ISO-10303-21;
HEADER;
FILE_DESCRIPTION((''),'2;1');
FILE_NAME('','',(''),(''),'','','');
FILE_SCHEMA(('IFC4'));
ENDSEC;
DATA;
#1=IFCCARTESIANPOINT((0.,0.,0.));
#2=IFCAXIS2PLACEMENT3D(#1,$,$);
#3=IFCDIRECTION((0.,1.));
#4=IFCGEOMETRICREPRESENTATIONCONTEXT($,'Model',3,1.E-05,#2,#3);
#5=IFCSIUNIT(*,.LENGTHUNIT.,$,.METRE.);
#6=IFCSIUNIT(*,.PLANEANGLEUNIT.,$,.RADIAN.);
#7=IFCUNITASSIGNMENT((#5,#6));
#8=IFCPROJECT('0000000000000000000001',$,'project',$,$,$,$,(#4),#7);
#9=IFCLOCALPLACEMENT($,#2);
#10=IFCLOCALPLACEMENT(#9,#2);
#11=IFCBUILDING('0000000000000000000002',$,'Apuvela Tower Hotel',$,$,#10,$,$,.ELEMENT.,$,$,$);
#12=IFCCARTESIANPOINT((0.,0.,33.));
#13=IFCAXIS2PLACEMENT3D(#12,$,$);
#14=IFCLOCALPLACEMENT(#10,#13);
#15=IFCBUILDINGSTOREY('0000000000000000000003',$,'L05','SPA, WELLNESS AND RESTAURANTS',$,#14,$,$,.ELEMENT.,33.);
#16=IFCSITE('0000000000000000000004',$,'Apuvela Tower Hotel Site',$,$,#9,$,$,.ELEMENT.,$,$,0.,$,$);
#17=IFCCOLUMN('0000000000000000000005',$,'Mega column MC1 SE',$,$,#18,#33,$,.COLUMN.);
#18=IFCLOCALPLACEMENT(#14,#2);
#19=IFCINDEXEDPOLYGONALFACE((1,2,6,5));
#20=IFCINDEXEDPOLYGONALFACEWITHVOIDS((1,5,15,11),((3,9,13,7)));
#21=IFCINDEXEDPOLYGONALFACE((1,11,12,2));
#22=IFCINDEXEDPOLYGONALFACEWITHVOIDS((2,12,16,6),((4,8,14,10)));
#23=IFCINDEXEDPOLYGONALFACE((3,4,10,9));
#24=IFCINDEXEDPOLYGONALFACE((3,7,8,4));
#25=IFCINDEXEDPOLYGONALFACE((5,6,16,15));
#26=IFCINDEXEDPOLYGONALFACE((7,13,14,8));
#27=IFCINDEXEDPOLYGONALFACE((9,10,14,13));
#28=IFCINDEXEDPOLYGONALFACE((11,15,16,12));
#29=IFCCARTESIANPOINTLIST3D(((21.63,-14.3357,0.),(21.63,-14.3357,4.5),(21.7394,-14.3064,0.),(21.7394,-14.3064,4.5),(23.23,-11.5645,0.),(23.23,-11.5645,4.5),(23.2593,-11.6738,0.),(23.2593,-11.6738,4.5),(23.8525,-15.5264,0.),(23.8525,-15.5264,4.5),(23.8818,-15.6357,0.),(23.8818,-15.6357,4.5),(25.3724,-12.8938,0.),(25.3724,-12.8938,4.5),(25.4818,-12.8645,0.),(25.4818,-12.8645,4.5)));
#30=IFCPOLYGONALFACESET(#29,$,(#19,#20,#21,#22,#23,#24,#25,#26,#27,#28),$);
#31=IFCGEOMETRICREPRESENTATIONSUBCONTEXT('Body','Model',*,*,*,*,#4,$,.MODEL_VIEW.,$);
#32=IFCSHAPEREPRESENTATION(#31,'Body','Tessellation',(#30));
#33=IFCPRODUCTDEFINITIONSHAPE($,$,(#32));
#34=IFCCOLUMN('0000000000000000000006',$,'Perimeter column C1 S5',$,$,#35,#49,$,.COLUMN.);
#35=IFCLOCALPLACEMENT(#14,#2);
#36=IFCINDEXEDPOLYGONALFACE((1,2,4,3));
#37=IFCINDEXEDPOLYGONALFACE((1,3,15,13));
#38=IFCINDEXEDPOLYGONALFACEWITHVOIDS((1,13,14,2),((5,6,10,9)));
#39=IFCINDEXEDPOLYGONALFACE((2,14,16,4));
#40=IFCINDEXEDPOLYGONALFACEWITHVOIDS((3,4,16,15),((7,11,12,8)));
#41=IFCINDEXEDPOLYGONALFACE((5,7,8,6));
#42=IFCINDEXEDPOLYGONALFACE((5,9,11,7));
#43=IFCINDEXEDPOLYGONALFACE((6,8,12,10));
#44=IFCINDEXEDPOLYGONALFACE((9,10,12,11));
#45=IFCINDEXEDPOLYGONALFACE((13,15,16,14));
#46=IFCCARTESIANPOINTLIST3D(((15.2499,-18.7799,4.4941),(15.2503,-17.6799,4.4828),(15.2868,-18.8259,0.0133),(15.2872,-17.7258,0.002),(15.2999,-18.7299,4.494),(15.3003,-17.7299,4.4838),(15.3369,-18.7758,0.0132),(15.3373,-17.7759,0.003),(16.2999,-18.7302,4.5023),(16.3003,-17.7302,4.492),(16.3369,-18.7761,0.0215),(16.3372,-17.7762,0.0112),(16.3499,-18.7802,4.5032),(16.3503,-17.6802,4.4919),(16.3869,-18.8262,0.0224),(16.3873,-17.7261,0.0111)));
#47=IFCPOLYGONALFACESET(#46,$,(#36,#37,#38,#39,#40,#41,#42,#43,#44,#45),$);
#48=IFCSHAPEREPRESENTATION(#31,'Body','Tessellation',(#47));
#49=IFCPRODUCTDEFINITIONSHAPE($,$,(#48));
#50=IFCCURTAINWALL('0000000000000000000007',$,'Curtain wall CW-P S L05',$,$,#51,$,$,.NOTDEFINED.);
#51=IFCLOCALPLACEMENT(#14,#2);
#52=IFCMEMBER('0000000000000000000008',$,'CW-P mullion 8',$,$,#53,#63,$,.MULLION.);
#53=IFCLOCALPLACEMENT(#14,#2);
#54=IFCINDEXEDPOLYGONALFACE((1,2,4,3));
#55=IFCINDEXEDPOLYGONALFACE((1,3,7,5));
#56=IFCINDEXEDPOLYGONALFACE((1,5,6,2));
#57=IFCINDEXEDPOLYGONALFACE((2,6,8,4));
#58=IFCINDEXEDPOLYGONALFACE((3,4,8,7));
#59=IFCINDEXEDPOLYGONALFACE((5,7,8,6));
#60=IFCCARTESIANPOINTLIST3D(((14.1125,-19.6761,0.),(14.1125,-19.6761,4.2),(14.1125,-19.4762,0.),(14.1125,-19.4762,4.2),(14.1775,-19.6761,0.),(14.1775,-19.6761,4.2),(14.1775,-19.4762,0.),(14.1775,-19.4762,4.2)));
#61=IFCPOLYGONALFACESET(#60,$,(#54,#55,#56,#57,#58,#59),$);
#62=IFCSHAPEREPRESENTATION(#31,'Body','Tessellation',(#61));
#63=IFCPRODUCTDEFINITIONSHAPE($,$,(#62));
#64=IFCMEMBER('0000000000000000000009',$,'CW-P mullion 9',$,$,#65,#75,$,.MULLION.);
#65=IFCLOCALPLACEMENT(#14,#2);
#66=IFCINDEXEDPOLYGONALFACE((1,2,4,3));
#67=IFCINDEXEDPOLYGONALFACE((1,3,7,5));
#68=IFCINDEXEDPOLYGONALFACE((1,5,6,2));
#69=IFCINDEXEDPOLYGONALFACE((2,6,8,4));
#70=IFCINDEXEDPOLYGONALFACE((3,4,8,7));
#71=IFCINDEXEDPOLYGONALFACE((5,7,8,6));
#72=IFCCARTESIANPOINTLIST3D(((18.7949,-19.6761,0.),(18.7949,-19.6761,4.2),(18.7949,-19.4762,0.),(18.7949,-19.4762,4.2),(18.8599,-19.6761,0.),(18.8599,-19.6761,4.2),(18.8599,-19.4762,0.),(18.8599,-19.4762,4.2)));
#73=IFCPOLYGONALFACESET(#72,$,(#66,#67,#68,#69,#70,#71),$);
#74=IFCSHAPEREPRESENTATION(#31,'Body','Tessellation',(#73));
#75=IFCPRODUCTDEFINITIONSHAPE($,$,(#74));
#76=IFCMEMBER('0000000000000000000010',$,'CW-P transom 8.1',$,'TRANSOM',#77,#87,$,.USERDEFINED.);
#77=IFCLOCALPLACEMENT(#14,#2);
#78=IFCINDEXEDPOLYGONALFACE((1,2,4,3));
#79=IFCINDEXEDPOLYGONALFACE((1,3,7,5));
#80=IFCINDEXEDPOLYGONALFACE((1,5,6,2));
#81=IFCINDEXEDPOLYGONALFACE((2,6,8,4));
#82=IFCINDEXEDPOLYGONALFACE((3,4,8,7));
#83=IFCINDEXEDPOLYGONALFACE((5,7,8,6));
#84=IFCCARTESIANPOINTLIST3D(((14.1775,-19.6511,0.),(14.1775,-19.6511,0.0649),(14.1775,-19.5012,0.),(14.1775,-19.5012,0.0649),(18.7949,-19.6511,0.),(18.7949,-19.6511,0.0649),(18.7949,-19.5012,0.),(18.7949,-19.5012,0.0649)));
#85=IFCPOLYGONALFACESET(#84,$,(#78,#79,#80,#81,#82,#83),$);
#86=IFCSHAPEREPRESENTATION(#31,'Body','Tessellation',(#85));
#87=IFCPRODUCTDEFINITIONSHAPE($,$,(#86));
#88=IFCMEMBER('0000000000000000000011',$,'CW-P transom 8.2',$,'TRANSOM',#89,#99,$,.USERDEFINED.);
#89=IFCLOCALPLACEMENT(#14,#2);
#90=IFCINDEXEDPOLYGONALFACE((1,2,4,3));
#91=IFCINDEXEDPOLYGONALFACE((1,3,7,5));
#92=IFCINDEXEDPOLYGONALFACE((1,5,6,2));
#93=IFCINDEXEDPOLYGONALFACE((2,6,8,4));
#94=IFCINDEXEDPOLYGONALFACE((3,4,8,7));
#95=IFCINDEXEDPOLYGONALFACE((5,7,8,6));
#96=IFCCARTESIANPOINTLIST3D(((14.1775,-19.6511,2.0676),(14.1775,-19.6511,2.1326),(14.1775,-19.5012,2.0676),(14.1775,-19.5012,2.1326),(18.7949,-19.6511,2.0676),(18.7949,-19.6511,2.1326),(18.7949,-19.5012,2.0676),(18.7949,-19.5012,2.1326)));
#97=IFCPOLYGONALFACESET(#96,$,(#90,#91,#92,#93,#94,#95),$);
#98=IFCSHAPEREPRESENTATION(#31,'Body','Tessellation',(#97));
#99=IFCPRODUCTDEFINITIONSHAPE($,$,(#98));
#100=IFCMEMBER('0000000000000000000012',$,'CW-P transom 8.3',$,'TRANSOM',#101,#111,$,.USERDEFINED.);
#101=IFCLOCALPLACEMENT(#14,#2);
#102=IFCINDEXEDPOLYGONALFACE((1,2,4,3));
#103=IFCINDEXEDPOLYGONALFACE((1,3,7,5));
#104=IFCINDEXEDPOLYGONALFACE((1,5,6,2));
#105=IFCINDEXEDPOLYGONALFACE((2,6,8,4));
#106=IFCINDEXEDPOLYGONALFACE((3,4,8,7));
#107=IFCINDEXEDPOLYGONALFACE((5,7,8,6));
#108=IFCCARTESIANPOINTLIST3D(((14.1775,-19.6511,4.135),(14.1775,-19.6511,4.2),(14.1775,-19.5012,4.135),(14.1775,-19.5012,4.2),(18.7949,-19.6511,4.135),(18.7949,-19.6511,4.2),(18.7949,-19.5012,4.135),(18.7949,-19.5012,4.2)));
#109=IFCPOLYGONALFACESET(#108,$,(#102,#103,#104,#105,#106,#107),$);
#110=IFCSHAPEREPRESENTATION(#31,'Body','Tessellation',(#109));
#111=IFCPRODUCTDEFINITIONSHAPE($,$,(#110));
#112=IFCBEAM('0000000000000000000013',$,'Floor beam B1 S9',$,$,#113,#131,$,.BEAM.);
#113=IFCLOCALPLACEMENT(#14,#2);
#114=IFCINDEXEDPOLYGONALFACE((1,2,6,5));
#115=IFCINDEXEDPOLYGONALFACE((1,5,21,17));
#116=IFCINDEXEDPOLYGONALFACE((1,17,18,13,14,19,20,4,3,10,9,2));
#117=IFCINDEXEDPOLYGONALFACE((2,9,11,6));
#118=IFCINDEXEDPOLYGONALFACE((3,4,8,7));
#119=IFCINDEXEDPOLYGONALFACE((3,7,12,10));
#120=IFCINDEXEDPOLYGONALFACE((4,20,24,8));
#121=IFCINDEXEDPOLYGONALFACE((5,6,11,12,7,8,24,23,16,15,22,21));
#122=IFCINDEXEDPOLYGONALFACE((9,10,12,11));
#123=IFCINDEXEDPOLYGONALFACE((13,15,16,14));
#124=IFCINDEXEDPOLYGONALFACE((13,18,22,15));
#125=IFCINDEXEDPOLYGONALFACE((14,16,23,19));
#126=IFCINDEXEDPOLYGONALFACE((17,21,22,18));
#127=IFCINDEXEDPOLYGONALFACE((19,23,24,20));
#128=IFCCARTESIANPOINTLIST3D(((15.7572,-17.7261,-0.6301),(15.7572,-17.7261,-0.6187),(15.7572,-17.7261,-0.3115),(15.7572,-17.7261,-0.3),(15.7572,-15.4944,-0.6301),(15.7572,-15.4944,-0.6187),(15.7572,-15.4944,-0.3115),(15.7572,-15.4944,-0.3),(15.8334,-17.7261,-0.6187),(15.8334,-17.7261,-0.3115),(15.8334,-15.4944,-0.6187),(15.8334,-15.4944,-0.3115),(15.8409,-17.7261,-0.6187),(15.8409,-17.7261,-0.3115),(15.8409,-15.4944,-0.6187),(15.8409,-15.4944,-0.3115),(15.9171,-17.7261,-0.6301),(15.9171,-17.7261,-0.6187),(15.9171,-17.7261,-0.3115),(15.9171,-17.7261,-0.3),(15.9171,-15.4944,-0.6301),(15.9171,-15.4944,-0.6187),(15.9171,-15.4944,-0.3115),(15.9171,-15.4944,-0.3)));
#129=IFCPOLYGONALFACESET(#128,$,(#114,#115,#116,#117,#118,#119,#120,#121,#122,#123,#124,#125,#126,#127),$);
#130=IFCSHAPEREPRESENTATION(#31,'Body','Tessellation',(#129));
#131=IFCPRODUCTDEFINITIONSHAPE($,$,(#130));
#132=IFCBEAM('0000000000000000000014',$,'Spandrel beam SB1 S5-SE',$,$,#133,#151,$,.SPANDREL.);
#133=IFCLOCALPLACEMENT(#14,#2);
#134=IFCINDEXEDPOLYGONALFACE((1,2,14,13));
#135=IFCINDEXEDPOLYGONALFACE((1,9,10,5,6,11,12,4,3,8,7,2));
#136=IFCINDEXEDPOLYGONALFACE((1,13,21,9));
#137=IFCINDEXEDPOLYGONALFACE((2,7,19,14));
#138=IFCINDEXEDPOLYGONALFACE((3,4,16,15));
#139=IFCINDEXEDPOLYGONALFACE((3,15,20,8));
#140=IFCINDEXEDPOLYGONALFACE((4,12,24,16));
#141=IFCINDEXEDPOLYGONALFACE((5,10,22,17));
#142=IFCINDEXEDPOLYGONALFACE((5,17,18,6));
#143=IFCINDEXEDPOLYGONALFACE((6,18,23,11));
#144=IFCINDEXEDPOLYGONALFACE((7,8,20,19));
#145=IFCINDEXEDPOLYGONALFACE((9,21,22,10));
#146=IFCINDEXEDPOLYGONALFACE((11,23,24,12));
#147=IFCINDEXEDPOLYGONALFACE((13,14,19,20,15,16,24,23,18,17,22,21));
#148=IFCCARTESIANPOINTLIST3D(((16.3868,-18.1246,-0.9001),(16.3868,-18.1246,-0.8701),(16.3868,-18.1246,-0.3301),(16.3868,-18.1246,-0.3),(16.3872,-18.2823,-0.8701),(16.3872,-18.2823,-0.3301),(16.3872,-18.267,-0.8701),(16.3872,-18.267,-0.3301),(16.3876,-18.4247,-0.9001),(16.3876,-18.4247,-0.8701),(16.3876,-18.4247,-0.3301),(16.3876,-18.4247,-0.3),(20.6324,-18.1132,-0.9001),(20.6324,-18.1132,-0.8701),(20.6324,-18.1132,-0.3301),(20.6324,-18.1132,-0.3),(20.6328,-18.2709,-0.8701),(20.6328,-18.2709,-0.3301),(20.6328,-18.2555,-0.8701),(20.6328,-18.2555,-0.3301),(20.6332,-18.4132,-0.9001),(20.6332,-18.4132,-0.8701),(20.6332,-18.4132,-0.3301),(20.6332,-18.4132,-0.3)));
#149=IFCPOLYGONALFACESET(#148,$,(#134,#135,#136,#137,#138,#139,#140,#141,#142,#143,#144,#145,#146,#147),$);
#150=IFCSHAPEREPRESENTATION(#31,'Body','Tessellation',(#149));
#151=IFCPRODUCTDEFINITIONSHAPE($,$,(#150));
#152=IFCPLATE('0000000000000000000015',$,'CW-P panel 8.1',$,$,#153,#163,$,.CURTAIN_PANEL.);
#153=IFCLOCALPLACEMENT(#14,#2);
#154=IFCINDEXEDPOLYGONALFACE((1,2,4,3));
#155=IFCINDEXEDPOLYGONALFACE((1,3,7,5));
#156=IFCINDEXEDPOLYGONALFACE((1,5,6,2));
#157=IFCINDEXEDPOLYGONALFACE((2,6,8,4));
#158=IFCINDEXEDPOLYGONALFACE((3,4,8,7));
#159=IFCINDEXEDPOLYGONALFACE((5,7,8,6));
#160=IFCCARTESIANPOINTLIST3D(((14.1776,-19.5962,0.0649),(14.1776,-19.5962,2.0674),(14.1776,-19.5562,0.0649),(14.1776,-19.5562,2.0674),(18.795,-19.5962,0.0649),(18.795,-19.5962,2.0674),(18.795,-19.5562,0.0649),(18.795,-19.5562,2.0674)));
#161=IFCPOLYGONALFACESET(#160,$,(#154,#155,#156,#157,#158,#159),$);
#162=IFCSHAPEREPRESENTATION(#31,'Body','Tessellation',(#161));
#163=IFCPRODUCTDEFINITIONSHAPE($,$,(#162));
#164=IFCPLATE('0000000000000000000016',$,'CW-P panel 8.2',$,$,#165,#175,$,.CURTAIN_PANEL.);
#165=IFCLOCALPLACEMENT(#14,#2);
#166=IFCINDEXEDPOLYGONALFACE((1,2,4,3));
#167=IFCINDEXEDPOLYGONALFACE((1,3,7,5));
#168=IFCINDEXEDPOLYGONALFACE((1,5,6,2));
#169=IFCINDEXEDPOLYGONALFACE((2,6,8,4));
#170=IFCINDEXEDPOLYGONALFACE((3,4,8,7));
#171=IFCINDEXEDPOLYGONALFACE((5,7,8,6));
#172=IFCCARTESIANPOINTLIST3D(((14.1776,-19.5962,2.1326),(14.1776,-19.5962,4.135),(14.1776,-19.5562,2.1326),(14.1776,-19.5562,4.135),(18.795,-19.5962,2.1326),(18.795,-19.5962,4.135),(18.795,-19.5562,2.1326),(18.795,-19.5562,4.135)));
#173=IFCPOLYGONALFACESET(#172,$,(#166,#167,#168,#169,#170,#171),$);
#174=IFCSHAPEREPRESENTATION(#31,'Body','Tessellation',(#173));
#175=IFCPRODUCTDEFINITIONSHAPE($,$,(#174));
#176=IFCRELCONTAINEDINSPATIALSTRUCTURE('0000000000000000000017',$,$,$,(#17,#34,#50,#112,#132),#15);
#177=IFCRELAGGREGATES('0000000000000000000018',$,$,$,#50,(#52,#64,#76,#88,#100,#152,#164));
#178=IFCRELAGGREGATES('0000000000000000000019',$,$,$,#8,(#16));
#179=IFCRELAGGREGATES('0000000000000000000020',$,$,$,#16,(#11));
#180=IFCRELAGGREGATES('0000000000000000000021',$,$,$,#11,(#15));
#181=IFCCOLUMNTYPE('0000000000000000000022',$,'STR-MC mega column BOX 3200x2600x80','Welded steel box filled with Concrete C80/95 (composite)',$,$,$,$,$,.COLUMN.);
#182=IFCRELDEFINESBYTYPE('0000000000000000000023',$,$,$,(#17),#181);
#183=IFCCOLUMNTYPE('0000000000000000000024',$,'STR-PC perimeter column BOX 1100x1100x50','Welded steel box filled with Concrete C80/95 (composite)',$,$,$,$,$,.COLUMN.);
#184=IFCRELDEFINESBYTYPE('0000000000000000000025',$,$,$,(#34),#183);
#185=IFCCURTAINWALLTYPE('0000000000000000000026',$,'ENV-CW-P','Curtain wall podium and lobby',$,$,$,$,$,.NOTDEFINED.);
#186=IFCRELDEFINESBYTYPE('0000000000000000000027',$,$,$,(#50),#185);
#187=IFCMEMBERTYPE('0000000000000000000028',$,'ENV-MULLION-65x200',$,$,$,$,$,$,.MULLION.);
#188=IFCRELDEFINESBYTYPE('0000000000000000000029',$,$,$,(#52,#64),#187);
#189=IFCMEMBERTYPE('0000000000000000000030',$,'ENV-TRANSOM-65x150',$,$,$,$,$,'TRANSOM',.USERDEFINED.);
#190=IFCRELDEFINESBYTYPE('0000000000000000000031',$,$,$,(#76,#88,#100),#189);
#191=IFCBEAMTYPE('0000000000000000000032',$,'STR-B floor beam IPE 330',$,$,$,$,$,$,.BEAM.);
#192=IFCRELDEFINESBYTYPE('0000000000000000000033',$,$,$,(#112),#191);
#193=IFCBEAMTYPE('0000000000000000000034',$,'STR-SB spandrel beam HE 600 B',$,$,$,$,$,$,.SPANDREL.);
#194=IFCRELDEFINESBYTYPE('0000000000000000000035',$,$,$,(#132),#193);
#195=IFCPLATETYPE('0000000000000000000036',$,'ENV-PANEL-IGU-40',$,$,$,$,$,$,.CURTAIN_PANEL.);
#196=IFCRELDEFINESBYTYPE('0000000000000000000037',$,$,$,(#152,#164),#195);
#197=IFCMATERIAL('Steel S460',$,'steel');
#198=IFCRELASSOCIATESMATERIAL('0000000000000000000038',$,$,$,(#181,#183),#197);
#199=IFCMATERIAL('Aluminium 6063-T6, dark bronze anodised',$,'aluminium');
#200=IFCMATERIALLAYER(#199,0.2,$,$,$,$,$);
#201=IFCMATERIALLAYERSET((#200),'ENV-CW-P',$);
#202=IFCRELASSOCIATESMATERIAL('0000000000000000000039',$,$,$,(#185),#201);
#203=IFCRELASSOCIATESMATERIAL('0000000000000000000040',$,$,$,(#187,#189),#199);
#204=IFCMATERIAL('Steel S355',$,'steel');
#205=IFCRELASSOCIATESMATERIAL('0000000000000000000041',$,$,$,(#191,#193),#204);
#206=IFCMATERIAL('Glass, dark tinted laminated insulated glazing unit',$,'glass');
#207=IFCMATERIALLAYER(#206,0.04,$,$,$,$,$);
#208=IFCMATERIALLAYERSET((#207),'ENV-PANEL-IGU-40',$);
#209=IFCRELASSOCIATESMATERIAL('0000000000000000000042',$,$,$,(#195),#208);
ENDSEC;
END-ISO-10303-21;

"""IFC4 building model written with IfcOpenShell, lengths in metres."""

from ifc_helpers import new_model, si_unit, direction, frame, origin, origin_2d, place, context, subcontext, project, spatial, rectangle, hollow_rectangle, i_section, extrude, boolean, halfspace, material, layer, layer_set, material_profile, profile_set, type_object, element, aggregate, save


model = new_model("IFC4")

# Units and contexts
model_context = context("Model", 3, precision=1e-05, world=origin(), true_north=direction((0.0, 1.0)))
body_context = subcontext(model_context, "Body", "Model", "MODEL_VIEW")
ifc_project = project(units=[si_unit("LENGTHUNIT", "METRE"), si_unit("PLANEANGLEUNIT", "RADIAN")], contexts=[model_context])

# Site, building, storey
site_placement = place(None, origin())
site = spatial("IfcSite", under=ifc_project, at=site_placement, Name="Apuvela Tower Hotel Site", CompositionType="ELEMENT", RefElevation=0.0)
building_placement = place(site_placement, origin())
building = spatial("IfcBuilding", under=site, at=building_placement, Name="Apuvela Tower Hotel", CompositionType="ELEMENT")
storey_placement = place(building_placement, frame((0.0, 0.0, 33.0)))
storey = spatial("IfcBuildingStorey", under=building, at=storey_placement, Name="L05", Description="SPA, WELLNESS AND RESTAURANTS", CompositionType="ELEMENT", Elevation=33.0)

# Columns
ifc_material_1 = material(Name="Steel S460", Category="steel")
ifc_material_profile_1 = material_profile(ifc_material_1, hollow_rectangle(XDim=3.2, YDim=2.6001, WallThickness=0.0801, at=origin_2d()), Name="BOX 3200x2600x80")
ifc_material_2 = material(Name="Concrete C80/95", Category="concrete")
ifc_material_profile_2 = material_profile(ifc_material_2, rectangle(XDim=3.04, YDim=2.4399, at=origin_2d()), Name="Concrete C80/95 infill")
ifc_profile_set_1 = profile_set([ifc_material_profile_1, ifc_material_profile_2], Name="Steel S460")
column_type_1 = type_object("IfcColumnType", Name="STR-MC mega column BOX 3200x2600x80", Description="Welded steel box filled with Concrete C80/95 (composite)", PredefinedType="COLUMN", material=ifc_profile_set_1)
column_1_placement = place(storey_placement, frame((23.5559, -13.6001, 0.0), z_axis=(0.0, 0.0, 1.0), x_axis=(0.5, 0.866025, 0.0)))
element("IfcColumn", 1, at=column_1_placement, inside=storey, type_object=column_type_1, Name="Mega column MC1 SE", PredefinedType="COLUMN", context=body_context, shape_type="SweptSolid", body=[
    extrude(hollow_rectangle(XDim=3.2, YDim=2.6001, WallThickness=0.0801, at=origin_2d()), origin(), (0.0, 0.0, 1.0), 4.5),
])
ifc_material_profile_3 = material_profile(ifc_material_1, hollow_rectangle(XDim=1.1001, YDim=1.1001, WallThickness=0.05, at=origin_2d()), Name="BOX 1100x1100x50")
ifc_material_profile_4 = material_profile(ifc_material_2, rectangle(XDim=1.0, YDim=1.0, at=origin_2d()), Name="Concrete C80/95 infill")
ifc_profile_set_2 = profile_set([ifc_material_profile_3, ifc_material_profile_4], Name="Steel S460")
column_type_2 = type_object("IfcColumnType", Name="STR-PC perimeter column BOX 1100x1100x50", Description="Welded steel box filled with Concrete C80/95 (composite)", PredefinedType="COLUMN", material=ifc_profile_set_2)
column_2_placement = place(storey_placement, frame((15.8372, -18.2761, 0.0), z_axis=(-0.008246, 0.010253, 0.999913), x_axis=(0.999966, -0.000283, 0.008249)))
element("IfcColumn", 2, at=column_2_placement, inside=storey, type_object=column_type_2, Name="Perimeter column C1 S5", PredefinedType="COLUMN", context=body_context, shape_type="SweptSolid", body=[
    boolean("DIFFERENCE", boolean("DIFFERENCE", extrude(hollow_rectangle(XDim=1.1001, YDim=1.1001, WallThickness=0.05, at=origin_2d()), origin(), (0.0, 0.0, 1.0), 4.5005), halfspace(frame((0.0, 0.0, 0.0122), z_axis=(0.0, 0.0, 1.0), x_axis=(1.0, 0.0, 0.0)), True)), halfspace(frame((0.0, 0.0, 4.4934), z_axis=(0.0, 0.0, 1.0), x_axis=(1.0, 0.0, 0.0)), False)),
])

# Curtain wall, members
ifc_material_3 = material(Name="Aluminium 6063-T6, dark bronze anodised", Category="aluminium")
ifc_layer_1 = layer(ifc_material_3, 0.2)
ifc_layer_set_1 = layer_set([ifc_layer_1], Name="ENV-CW-P")
curtain_wall_type = type_object("IfcCurtainWallType", Name="ENV-CW-P", Description="Curtain wall podium and lobby", PredefinedType="NOTDEFINED", material=ifc_layer_set_1)
curtain_wall_placement = place(storey_placement, origin())
curtain_wall = element("IfcCurtainWall", 3, at=curtain_wall_placement, inside=storey, type_object=curtain_wall_type, Name="Curtain wall CW-P S L05", PredefinedType="NOTDEFINED")
ifc_material_profile_5 = material_profile(ifc_material_3, rectangle(XDim=0.2, YDim=0.0649, at=origin_2d()), Name="AL 65x200")
ifc_profile_set_3 = profile_set([ifc_material_profile_5], Name="Aluminium 6063-T6, dark bronze anodised")
member_type_1 = type_object("IfcMemberType", Name="ENV-MULLION-65x200", PredefinedType="MULLION", material=ifc_profile_set_3)
member_1_placement = place(storey_placement, frame((14.145, -19.5762, 0.0), z_axis=(0.0, 0.0, 1.0), x_axis=(0.0, 1.0, 0.0)))
member_1 = element("IfcMember", 4, at=member_1_placement, type_object=member_type_1, Name="CW-P mullion 8", PredefinedType="MULLION", context=body_context, shape_type="SweptSolid", body=[
    extrude(rectangle(XDim=0.2, YDim=0.0649, at=origin_2d()), origin(), (0.0, 0.0, 1.0), 4.2),
])
member_2_placement = place(storey_placement, frame((18.8274, -19.5762, 0.0), z_axis=(0.0, 0.0, 1.0), x_axis=(0.0, 1.0, 0.0)))
member_2 = element("IfcMember", 5, at=member_2_placement, type_object=member_type_1, Name="CW-P mullion 9", PredefinedType="MULLION", context=body_context, shape_type="SweptSolid", body=[
    extrude(rectangle(XDim=0.2, YDim=0.0649, at=origin_2d()), origin(), (0.0, 0.0, 1.0), 4.2),
])
ifc_material_profile_6 = material_profile(ifc_material_3, rectangle(XDim=0.1499, YDim=0.0649, at=origin_2d()), Name="AL 65x150 transom")
ifc_profile_set_4 = profile_set([ifc_material_profile_6], Name="Aluminium 6063-T6, dark bronze anodised")
member_type_2 = type_object("IfcMemberType", Name="ENV-TRANSOM-65x150", ElementType="TRANSOM", PredefinedType="USERDEFINED", material=ifc_profile_set_4)
member_3_placement = place(storey_placement, frame((14.1775, -19.5762, 0.0325), z_axis=(1.0, 0.0, 0.0), x_axis=(0.0, 1.0, 0.0)))
member_3 = element("IfcMember", 6, at=member_3_placement, type_object=member_type_2, Name="CW-P transom 8.1", ObjectType="TRANSOM", PredefinedType="USERDEFINED", context=body_context, shape_type="SweptSolid", body=[
    extrude(rectangle(XDim=0.1499, YDim=0.0649, at=origin_2d()), origin(), (0.0, 0.0, 1.0), 4.6174),
])
member_4_placement = place(storey_placement, frame((14.1775, -19.5762, 2.1001), z_axis=(1.0, 0.0, 0.0), x_axis=(0.0, 1.0, 0.0)))
member_4 = element("IfcMember", 7, at=member_4_placement, type_object=member_type_2, Name="CW-P transom 8.2", ObjectType="TRANSOM", PredefinedType="USERDEFINED", context=body_context, shape_type="SweptSolid", body=[
    extrude(rectangle(XDim=0.1499, YDim=0.0649, at=origin_2d()), origin(), (0.0, 0.0, 1.0), 4.6174),
])
member_5_placement = place(storey_placement, frame((14.1775, -19.5762, 4.1675), z_axis=(1.0, 0.0, 0.0), x_axis=(0.0, 1.0, 0.0)))
member_5 = element("IfcMember", 8, at=member_5_placement, type_object=member_type_2, Name="CW-P transom 8.3", ObjectType="TRANSOM", PredefinedType="USERDEFINED", context=body_context, shape_type="SweptSolid", body=[
    extrude(rectangle(XDim=0.1499, YDim=0.0649, at=origin_2d()), origin(), (0.0, 0.0, 1.0), 4.6174),
])

# Beams
ifc_material_4 = material(Name="Steel S355", Category="steel")
ifc_material_profile_7 = material_profile(ifc_material_4, i_section(OverallWidth=0.1599, OverallDepth=0.3301, WebThickness=0.0076, FlangeThickness=0.0115, at=origin_2d()), Name="IPE 330")
ifc_profile_set_5 = profile_set([ifc_material_profile_7], Name="Steel S355")
beam_type_1 = type_object("IfcBeamType", Name="STR-B floor beam IPE 330", PredefinedType="BEAM", material=ifc_profile_set_5)
beam_1_placement = place(storey_placement, frame((15.8372, -17.7261, -0.4651), z_axis=(0.0, 1.0, 0.0), x_axis=(-1.0, 0.0, 0.0)))
element("IfcBeam", 9, at=beam_1_placement, inside=storey, type_object=beam_type_1, Name="Floor beam B1 S9", PredefinedType="BEAM", context=body_context, shape_type="SweptSolid", body=[
    extrude(i_section(OverallWidth=0.1599, OverallDepth=0.3301, WebThickness=0.0076, FlangeThickness=0.0115, at=origin_2d()), origin(), (0.0, 0.0, 1.0), 2.2317),
])
ifc_material_profile_8 = material_profile(ifc_material_4, i_section(OverallWidth=0.3, OverallDepth=0.6001, WebThickness=0.0154, FlangeThickness=0.03, at=origin_2d()), Name="HE 600 B")
ifc_profile_set_6 = profile_set([ifc_material_profile_8], Name="Steel S355")
beam_type_2 = type_object("IfcBeamType", Name="STR-SB spandrel beam HE 600 B", PredefinedType="SPANDREL", material=ifc_profile_set_6)
beam_2_placement = place(storey_placement, frame((16.3872, -18.2747, -0.6001), z_axis=(0.999996, 0.002703, 0.0), x_axis=(-0.002703, 0.999996, 0.0)))
element("IfcBeam", 10, at=beam_2_placement, inside=storey, type_object=beam_type_2, Name="Spandrel beam SB1 S5-SE", PredefinedType="SPANDREL", context=body_context, shape_type="SweptSolid", body=[
    extrude(i_section(OverallWidth=0.3, OverallDepth=0.6001, WebThickness=0.0154, FlangeThickness=0.03, at=origin_2d()), origin(), (0.0, 0.0, 1.0), 4.2456),
])

# Plates
ifc_material_5 = material(Name="Glass, dark tinted laminated insulated glazing unit", Category="glass")
ifc_layer_2 = layer(ifc_material_5, 0.04)
ifc_layer_set_2 = layer_set([ifc_layer_2], Name="ENV-PANEL-IGU-40")
plate_type = type_object("IfcPlateType", Name="ENV-PANEL-IGU-40", PredefinedType="CURTAIN_PANEL", material=ifc_layer_set_2)
plate_1_placement = place(storey_placement, frame((16.4863, -19.5762, 0.0649), z_axis=(0.0, 0.0, 1.0), x_axis=(1.0, 0.0, 0.0)))
plate_1 = element("IfcPlate", 11, at=plate_1_placement, type_object=plate_type, Name="CW-P panel 8.1", PredefinedType="CURTAIN_PANEL", context=body_context, shape_type="SweptSolid", body=[
    extrude(rectangle(XDim=4.6174, YDim=0.04, at=origin_2d()), origin(), (0.0, 0.0, 1.0), 2.0024),
])
plate_2_placement = place(storey_placement, frame((16.4863, -19.5762, 2.1326), z_axis=(0.0, 0.0, 1.0), x_axis=(1.0, 0.0, 0.0)))
plate_2 = element("IfcPlate", 12, at=plate_2_placement, type_object=plate_type, Name="CW-P panel 8.2", PredefinedType="CURTAIN_PANEL", context=body_context, shape_type="SweptSolid", body=[
    extrude(rectangle(XDim=4.6174, YDim=0.04, at=origin_2d()), origin(), (0.0, 0.0, 1.0), 2.0024),
])
aggregate(curtain_wall, [member_1, member_2, member_3, member_4, member_5, plate_1, plate_2])

save(model, "model.ifc")
